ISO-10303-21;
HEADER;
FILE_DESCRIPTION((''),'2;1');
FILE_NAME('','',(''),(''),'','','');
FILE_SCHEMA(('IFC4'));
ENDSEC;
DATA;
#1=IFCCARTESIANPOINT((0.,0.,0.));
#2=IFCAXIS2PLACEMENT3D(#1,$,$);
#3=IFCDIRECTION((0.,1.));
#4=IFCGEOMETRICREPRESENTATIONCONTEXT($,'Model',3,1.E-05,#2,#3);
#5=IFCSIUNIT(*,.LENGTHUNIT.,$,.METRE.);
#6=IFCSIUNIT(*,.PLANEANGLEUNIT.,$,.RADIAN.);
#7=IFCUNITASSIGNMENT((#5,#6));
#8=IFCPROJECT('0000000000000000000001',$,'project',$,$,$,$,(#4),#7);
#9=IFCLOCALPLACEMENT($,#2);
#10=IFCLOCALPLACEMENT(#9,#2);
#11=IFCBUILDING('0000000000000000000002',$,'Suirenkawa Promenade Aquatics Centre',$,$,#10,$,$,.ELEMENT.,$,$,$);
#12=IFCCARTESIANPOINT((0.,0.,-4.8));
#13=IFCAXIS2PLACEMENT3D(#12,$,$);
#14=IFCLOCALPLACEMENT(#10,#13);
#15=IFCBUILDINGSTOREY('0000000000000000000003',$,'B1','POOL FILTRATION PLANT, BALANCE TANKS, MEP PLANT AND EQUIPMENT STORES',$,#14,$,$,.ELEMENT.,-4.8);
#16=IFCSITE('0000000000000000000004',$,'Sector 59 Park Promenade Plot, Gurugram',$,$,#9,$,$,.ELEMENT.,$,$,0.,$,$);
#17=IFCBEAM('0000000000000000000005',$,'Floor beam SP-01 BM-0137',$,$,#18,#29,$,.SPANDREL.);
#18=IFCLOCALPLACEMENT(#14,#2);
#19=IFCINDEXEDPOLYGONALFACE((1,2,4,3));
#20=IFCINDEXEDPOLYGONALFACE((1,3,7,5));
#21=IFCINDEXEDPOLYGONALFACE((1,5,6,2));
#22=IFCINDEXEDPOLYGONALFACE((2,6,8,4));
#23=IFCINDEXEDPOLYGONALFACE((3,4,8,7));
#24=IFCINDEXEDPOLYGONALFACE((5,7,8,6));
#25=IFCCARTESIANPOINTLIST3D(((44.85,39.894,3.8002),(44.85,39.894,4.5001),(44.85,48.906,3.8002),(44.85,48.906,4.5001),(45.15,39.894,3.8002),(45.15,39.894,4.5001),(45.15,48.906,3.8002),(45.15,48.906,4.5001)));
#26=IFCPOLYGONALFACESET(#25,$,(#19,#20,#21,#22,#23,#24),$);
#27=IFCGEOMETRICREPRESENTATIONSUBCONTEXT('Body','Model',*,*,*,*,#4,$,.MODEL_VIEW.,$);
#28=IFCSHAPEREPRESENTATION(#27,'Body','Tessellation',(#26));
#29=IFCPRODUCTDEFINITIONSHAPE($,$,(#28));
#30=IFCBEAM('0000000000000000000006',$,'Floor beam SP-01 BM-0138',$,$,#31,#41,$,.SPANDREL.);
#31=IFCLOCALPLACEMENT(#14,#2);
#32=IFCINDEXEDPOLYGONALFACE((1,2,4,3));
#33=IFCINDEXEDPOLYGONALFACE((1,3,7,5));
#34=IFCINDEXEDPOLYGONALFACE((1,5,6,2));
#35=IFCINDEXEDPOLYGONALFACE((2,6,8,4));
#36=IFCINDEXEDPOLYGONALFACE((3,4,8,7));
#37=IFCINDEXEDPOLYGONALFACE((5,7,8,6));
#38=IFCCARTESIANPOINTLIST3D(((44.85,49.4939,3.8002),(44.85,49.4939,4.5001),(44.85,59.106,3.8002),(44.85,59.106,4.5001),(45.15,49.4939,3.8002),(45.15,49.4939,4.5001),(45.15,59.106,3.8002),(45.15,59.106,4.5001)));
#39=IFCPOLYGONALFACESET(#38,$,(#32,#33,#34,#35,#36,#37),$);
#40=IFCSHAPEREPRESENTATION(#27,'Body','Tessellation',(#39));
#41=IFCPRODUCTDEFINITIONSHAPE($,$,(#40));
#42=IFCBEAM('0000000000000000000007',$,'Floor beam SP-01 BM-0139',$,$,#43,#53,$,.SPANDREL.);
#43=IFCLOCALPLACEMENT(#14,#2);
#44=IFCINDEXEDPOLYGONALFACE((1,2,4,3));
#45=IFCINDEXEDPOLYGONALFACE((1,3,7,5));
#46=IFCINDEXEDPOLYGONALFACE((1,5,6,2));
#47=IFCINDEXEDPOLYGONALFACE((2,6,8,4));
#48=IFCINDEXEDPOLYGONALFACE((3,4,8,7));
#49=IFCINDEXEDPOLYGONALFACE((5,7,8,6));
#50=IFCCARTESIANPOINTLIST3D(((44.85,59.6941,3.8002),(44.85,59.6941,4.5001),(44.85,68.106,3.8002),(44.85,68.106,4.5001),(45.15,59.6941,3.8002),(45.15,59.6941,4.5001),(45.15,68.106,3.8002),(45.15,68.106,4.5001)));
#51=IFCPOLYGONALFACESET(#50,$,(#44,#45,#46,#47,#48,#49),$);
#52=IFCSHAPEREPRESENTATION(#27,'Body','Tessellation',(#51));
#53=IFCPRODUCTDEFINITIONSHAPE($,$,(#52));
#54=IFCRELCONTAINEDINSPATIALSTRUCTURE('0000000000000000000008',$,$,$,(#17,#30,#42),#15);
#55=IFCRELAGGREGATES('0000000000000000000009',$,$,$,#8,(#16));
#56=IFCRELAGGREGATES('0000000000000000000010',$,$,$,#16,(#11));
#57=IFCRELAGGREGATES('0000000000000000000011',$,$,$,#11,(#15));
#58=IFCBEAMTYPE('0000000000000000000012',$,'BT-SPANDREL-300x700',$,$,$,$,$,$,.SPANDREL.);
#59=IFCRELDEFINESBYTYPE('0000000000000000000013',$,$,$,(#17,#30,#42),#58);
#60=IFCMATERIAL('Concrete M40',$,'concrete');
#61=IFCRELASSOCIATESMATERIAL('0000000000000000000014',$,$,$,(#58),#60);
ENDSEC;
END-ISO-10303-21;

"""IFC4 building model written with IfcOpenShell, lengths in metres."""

from ifc_helpers import new_model, si_unit, direction, frame, origin, origin_2d, place, context, subcontext, project, spatial, rectangle, extrude, material, material_profile, profile_set, type_object, element, save


model = new_model("IFC4")

# Units and contexts
model_context = context("Model", 3, precision=1e-05, world=origin(), true_north=direction((0.0, 1.0)))
body_context = subcontext(model_context, "Body", "Model", "MODEL_VIEW")
ifc_project = project(units=[si_unit("LENGTHUNIT", "METRE"), si_unit("PLANEANGLEUNIT", "RADIAN")], contexts=[model_context])

# Site, building, storey
site_placement = place(None, origin())
site = spatial("IfcSite", under=ifc_project, at=site_placement, Name="Sector 59 Park Promenade Plot, Gurugram", CompositionType="ELEMENT", RefElevation=0.0)
building_placement = place(site_placement, origin())
building = spatial("IfcBuilding", under=site, at=building_placement, Name="Suirenkawa Promenade Aquatics Centre", CompositionType="ELEMENT")
storey_placement = place(building_placement, frame((0.0, 0.0, -4.8)))
storey = spatial("IfcBuildingStorey", under=building, at=storey_placement, Name="B1", Description="POOL FILTRATION PLANT, BALANCE TANKS, MEP PLANT AND EQUIPMENT STORES", CompositionType="ELEMENT", Elevation=-4.8)

# Shared definitions
ifc_material_1 = material(Name="Concrete M40", Category="concrete")

# Beams
ifc_material_profile_1 = material_profile(ifc_material_1, rectangle(XDim=0.3, YDim=0.7, at=origin_2d()), Name="RC SPANDREL 300x700", Category="concrete")
ifc_profile_set_1 = profile_set([ifc_material_profile_1], Name="Concrete M40")
beam_type_1 = type_object("IfcBeamType", Name="BT-SPANDREL-300x700", PredefinedType="SPANDREL", material=ifc_profile_set_1)
beam_1_placement = place(storey_placement, frame((45.0, 39.894, 4.1501), z_axis=(0.0, 1.0, 0.0), x_axis=(-1.0, 0.0, 0.0)))
element("IfcBeam", 1, at=beam_1_placement, inside=storey, type_object=beam_type_1, Name="Floor beam SP-01 BM-0137", PredefinedType="SPANDREL", context=body_context, shape_type="SweptSolid", body=[
    extrude(rectangle(XDim=0.3, YDim=0.7, at=origin_2d()), origin(), (0.0, 0.0, 1.0), 9.012),
])
beam_2_placement = place(storey_placement, frame((45.0, 49.4939, 4.1501), z_axis=(0.0, 1.0, 0.0), x_axis=(-1.0, 0.0, 0.0)))
element("IfcBeam", 2, at=beam_2_placement, inside=storey, type_object=beam_type_1, Name="Floor beam SP-01 BM-0138", PredefinedType="SPANDREL", context=body_context, shape_type="SweptSolid", body=[
    extrude(rectangle(XDim=0.3, YDim=0.7, at=origin_2d()), origin(), (0.0, 0.0, 1.0), 9.6121),
])
beam_3_placement = place(storey_placement, frame((45.0, 59.6941, 4.1501), z_axis=(0.0, 1.0, 0.0), x_axis=(-1.0, 0.0, 0.0)))
element("IfcBeam", 3, at=beam_3_placement, inside=storey, type_object=beam_type_1, Name="Floor beam SP-01 BM-0139", PredefinedType="SPANDREL", context=body_context, shape_type="SweptSolid", body=[
    extrude(rectangle(XDim=0.3, YDim=0.7, at=origin_2d()), origin(), (0.0, 0.0, 1.0), 8.4119),
])

save(model, "model.ifc")
